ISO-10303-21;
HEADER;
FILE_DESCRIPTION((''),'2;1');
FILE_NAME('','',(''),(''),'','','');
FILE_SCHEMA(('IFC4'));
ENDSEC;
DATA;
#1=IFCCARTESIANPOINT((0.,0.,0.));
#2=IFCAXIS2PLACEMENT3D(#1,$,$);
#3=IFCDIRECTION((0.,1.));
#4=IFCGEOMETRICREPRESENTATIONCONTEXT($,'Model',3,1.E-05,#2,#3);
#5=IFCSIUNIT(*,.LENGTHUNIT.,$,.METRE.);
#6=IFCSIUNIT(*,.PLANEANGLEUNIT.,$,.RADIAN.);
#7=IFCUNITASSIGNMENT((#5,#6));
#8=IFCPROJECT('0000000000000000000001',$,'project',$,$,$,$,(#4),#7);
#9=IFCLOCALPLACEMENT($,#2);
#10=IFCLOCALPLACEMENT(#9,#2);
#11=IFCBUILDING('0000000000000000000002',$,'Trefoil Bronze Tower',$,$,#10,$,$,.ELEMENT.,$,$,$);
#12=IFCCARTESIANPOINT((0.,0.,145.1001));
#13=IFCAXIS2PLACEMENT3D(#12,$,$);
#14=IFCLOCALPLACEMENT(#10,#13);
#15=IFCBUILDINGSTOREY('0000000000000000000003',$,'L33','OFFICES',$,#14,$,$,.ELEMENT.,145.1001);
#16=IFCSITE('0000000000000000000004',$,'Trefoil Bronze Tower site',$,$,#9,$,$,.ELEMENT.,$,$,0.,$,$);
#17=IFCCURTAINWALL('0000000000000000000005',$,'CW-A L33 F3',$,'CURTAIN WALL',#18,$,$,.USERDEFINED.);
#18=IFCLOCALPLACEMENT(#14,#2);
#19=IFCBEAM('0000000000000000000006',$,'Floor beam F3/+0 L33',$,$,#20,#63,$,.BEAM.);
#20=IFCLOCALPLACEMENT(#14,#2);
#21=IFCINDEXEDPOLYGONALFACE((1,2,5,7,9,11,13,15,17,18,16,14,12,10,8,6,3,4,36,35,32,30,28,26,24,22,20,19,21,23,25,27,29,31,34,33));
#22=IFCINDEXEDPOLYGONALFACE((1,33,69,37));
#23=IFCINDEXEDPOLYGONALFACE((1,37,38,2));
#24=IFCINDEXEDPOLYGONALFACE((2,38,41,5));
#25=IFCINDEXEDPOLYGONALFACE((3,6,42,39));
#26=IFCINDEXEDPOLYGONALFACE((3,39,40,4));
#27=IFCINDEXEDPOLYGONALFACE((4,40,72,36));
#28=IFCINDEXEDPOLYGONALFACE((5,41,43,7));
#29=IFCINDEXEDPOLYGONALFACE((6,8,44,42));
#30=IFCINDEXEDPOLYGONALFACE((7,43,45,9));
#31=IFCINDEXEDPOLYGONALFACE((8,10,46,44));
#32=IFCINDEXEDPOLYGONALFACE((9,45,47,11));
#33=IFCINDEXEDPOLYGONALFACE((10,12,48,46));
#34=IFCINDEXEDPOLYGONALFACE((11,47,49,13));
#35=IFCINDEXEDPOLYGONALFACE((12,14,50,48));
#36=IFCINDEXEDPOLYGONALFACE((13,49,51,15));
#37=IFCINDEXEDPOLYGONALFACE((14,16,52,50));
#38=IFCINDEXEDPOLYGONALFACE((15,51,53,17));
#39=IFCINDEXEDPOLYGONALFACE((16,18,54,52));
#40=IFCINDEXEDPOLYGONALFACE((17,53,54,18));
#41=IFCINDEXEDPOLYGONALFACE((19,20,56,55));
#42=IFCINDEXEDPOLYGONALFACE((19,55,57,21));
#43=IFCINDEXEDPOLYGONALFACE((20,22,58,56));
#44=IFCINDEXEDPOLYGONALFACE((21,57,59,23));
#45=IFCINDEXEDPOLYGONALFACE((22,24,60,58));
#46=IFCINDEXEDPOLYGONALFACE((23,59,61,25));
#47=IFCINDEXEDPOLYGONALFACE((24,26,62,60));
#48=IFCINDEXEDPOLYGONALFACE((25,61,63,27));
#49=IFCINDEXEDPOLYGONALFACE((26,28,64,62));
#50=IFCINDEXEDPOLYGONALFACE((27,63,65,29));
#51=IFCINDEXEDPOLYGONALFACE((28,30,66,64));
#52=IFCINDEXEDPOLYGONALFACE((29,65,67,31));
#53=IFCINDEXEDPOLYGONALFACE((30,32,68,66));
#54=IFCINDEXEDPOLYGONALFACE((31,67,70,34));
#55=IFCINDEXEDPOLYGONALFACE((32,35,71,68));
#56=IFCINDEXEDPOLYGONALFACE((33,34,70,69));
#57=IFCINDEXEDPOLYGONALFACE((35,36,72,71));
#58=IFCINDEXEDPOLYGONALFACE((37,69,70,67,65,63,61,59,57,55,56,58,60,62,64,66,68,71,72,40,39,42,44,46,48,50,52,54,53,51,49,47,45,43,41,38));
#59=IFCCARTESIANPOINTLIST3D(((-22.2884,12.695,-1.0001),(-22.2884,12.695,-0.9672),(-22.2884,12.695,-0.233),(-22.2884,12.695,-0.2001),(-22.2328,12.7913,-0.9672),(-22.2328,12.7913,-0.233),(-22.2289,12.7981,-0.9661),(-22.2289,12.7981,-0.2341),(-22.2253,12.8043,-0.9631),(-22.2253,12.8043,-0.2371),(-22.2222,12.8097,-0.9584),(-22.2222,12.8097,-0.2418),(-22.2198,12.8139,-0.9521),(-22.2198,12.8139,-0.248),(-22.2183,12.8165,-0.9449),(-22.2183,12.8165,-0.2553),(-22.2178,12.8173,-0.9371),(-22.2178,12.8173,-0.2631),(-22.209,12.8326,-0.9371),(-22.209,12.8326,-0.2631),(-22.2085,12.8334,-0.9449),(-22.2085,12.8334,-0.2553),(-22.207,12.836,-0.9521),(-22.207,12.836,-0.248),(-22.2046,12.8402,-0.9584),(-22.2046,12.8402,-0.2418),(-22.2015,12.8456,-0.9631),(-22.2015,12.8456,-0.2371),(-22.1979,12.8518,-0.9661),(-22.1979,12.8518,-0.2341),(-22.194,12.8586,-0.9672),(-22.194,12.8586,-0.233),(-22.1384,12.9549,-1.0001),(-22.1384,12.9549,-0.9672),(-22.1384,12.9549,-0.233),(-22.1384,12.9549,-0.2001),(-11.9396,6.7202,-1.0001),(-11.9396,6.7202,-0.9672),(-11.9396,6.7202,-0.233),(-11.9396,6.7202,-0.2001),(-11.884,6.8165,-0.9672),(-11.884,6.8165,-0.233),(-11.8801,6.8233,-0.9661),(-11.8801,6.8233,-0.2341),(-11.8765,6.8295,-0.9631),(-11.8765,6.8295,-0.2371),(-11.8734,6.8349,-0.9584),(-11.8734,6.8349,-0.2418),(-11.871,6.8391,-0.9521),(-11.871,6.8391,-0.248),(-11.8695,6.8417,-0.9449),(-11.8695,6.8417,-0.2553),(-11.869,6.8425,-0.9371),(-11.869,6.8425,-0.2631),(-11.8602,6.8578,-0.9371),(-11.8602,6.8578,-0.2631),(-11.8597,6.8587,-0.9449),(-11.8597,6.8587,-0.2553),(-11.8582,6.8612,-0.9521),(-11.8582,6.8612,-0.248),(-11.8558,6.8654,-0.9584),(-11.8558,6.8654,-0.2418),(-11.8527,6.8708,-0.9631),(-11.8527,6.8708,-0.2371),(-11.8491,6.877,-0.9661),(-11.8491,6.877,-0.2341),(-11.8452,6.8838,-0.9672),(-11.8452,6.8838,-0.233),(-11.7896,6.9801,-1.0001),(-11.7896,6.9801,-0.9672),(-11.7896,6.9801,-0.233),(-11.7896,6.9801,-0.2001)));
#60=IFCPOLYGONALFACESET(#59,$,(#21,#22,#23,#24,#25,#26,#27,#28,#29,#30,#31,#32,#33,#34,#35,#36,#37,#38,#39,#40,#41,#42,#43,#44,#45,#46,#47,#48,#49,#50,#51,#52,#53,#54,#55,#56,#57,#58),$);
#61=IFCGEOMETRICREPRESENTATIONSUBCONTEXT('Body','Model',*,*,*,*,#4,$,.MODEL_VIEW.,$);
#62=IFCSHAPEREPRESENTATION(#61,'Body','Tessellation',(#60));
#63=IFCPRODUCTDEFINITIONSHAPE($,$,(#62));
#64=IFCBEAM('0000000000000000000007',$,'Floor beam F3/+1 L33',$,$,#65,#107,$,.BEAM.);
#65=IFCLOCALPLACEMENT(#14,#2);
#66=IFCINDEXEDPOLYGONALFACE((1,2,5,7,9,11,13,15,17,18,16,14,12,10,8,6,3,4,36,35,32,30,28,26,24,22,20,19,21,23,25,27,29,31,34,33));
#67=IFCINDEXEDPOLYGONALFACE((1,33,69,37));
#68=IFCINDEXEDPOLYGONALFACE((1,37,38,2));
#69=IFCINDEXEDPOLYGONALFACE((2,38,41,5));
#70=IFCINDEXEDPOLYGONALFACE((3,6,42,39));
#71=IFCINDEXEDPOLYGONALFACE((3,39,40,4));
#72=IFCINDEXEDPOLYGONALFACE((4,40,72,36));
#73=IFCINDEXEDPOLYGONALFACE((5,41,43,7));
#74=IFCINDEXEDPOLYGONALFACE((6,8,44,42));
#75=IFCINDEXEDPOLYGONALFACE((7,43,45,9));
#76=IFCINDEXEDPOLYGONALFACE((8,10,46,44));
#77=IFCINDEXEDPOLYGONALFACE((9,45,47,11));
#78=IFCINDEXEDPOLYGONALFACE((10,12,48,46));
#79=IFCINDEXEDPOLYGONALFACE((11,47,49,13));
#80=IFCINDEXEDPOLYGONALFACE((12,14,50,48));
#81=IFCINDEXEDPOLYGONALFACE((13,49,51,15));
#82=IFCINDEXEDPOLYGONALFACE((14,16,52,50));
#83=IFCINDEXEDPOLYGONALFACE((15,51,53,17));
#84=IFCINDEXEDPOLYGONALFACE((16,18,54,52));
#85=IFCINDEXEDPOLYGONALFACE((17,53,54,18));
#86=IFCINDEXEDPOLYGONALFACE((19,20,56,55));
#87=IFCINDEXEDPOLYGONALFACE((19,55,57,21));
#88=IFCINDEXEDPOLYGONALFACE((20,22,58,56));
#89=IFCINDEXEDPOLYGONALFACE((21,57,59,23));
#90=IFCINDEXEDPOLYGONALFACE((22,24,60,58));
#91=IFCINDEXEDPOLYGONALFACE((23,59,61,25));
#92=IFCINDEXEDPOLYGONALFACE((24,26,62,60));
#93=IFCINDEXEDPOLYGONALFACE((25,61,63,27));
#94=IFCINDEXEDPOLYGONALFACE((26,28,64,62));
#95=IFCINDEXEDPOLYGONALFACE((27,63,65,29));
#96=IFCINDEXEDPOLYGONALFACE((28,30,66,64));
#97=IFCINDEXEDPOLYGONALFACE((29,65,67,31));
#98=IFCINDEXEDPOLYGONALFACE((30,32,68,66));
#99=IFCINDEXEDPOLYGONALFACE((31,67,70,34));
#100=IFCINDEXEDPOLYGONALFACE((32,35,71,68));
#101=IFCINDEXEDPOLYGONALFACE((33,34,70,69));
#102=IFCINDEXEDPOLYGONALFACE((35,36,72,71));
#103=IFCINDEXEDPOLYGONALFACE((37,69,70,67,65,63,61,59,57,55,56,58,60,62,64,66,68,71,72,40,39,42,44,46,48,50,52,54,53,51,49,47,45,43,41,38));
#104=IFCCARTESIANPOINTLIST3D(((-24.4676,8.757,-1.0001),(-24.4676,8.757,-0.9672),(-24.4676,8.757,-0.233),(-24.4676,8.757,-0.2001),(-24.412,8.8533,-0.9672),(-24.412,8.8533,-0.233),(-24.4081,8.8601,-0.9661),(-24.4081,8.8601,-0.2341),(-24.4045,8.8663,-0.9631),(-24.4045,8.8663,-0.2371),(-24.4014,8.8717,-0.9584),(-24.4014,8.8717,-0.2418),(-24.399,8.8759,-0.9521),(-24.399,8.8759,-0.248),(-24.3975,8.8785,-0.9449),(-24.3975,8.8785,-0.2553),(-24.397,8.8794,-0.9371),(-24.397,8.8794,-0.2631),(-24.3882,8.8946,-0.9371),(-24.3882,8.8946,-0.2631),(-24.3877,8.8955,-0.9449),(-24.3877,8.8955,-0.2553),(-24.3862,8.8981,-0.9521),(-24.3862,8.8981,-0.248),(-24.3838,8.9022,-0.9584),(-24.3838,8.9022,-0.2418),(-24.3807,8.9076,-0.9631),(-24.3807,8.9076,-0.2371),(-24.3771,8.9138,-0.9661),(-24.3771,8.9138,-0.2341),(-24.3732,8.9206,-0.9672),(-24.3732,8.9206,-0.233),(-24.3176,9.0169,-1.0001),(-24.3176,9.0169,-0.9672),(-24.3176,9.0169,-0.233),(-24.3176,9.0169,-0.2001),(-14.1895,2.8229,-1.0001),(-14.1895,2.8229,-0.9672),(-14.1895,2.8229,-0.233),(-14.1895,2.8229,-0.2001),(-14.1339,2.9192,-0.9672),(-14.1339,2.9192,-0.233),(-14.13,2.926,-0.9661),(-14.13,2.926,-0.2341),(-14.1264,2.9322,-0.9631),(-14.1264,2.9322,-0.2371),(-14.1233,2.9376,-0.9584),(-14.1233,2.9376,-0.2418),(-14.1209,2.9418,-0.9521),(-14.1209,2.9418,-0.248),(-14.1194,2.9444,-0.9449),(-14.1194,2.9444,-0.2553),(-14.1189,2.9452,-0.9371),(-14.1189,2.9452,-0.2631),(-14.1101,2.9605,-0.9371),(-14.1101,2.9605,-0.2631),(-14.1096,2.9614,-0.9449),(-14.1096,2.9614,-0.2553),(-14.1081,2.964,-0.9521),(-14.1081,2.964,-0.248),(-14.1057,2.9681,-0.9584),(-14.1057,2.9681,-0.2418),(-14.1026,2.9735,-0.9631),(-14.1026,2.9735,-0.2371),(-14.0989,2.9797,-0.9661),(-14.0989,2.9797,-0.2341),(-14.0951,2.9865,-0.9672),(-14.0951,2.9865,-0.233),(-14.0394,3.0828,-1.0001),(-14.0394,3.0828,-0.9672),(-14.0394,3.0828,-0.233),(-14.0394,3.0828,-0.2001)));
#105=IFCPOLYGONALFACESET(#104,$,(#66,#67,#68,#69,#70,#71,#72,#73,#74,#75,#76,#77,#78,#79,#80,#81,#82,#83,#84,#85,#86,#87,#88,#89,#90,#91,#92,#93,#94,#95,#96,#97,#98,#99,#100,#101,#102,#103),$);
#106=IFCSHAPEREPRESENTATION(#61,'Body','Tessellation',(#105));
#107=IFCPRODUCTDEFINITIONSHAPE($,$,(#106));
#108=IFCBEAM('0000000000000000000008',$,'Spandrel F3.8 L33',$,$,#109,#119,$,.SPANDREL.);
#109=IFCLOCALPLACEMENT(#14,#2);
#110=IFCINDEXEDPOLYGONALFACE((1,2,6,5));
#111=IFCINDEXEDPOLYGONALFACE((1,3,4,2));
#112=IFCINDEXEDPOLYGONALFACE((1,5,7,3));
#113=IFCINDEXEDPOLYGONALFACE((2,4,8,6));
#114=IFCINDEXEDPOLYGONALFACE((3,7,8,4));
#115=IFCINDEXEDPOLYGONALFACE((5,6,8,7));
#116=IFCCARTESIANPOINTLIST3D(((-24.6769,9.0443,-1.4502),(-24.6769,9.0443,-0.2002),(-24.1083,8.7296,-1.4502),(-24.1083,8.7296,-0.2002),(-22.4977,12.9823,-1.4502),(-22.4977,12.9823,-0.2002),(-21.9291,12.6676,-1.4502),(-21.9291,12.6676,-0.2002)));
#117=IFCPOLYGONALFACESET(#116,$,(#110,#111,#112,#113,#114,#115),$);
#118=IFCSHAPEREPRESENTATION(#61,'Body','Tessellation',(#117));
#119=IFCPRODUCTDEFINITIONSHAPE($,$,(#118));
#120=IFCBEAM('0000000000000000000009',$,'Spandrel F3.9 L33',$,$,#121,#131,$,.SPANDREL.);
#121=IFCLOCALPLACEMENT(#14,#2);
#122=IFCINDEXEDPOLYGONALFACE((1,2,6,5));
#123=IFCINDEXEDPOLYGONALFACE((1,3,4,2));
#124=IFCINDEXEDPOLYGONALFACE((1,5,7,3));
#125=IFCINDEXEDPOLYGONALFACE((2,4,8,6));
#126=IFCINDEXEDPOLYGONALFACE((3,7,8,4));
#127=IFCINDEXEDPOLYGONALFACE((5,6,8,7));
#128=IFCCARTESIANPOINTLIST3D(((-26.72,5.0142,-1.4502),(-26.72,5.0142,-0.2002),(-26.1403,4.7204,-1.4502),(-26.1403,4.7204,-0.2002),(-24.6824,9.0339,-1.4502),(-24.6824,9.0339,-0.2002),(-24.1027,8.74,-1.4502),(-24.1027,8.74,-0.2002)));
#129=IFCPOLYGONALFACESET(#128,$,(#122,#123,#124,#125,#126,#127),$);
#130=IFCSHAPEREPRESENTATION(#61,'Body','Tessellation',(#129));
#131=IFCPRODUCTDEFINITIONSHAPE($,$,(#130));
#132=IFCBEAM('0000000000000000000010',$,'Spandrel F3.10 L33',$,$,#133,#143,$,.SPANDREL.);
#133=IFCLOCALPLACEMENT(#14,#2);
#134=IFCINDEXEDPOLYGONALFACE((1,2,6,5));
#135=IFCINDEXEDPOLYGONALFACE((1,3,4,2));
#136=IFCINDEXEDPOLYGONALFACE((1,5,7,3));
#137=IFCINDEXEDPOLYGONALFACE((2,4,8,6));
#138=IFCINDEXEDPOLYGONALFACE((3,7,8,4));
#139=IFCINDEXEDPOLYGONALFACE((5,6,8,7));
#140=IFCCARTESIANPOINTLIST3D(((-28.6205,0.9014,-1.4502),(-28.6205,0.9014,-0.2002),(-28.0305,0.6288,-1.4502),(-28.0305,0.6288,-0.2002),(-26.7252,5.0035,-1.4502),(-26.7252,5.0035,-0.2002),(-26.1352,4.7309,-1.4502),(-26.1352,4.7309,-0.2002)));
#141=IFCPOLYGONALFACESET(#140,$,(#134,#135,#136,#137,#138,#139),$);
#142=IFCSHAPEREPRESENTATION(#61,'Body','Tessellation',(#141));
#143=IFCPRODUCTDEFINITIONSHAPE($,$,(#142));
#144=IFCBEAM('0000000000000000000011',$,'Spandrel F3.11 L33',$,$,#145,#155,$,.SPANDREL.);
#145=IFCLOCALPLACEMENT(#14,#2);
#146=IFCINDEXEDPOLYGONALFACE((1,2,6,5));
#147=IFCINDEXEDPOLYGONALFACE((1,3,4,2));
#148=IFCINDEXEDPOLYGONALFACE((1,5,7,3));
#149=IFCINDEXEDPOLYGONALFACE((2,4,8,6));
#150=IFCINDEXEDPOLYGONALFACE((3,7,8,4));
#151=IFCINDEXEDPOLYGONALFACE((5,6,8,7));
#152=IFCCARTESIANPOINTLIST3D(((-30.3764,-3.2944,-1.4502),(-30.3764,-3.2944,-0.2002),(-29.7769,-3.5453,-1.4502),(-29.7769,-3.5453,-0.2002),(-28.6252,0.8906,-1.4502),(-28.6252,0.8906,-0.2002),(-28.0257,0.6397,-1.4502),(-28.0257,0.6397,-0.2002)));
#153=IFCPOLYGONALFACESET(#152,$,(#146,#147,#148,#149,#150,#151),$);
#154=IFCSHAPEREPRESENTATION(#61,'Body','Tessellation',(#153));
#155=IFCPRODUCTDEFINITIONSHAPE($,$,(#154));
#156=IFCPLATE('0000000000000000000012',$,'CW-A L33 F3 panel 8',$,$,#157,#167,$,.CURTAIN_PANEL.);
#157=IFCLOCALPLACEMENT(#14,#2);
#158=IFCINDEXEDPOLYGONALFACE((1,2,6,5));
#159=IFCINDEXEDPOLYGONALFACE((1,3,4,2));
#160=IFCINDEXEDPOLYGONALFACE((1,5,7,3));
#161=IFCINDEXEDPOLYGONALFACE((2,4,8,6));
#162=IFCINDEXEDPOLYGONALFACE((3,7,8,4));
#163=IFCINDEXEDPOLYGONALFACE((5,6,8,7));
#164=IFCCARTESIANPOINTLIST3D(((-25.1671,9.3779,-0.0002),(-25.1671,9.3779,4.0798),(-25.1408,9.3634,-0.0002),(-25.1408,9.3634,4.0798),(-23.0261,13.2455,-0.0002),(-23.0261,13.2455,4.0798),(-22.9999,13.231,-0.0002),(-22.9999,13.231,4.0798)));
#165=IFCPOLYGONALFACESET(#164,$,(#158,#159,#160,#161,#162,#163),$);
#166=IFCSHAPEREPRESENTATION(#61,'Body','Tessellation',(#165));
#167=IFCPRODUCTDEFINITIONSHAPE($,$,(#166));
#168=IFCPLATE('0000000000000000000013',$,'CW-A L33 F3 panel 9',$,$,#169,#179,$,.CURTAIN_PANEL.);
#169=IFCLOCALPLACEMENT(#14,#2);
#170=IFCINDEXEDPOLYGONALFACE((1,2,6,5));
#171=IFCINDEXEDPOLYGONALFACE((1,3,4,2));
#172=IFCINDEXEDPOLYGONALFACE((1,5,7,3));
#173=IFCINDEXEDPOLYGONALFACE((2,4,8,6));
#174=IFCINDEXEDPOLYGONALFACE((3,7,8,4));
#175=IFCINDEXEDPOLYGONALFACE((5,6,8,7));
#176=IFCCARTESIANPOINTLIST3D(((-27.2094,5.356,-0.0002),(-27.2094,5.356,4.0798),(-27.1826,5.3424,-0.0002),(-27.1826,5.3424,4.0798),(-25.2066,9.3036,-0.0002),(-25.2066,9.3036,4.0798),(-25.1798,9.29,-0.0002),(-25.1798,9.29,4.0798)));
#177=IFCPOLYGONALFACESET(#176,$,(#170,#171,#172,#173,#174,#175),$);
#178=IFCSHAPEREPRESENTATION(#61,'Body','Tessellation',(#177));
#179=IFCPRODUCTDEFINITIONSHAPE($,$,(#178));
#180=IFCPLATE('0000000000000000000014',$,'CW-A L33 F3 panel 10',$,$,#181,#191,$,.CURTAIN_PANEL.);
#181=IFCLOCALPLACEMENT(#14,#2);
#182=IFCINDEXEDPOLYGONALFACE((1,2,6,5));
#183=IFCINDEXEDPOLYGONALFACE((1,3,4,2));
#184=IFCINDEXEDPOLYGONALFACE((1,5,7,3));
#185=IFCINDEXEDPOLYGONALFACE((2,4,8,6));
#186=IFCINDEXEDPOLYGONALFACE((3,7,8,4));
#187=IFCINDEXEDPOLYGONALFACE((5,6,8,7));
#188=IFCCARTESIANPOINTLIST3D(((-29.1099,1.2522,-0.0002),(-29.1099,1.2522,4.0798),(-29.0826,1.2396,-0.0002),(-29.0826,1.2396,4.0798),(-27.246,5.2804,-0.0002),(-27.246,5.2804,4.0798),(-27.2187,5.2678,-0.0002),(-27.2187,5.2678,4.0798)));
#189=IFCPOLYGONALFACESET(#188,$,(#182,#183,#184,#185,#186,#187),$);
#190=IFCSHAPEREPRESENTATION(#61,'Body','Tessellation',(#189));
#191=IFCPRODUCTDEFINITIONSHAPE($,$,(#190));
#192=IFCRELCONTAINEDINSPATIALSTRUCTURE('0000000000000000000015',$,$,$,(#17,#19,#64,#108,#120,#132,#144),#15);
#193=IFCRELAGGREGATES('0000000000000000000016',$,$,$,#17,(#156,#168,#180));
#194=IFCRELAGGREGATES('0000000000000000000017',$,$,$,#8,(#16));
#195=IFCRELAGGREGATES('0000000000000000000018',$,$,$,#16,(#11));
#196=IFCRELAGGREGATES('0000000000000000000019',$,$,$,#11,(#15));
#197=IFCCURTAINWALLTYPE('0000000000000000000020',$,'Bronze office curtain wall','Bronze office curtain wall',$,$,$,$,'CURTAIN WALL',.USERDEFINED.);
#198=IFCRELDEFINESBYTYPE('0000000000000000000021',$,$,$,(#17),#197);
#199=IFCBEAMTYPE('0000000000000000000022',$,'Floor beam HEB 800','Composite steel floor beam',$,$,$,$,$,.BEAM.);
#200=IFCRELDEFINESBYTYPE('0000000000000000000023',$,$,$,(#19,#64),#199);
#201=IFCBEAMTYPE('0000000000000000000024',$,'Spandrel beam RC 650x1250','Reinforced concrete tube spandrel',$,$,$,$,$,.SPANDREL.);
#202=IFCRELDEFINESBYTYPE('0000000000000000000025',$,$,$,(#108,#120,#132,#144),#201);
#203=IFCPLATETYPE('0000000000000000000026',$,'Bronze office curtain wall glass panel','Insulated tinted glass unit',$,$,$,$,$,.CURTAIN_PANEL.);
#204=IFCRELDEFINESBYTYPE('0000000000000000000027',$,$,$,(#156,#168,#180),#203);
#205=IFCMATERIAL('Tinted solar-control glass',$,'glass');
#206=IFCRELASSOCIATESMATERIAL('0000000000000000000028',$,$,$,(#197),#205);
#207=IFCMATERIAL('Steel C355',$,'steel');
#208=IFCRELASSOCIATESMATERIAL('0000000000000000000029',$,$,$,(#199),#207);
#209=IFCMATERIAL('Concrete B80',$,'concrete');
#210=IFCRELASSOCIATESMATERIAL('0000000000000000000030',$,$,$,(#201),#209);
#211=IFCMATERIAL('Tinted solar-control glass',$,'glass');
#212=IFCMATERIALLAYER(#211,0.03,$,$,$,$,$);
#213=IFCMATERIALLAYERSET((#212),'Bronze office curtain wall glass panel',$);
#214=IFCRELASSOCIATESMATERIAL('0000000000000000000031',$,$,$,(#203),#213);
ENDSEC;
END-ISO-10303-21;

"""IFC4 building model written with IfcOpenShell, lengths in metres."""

from ifc_helpers import new_model, si_unit, direction, frame, origin, origin_2d, place, context, subcontext, project, spatial, rectangle, i_section, extrude, material, layer, layer_set, material_profile, profile_set, type_object, element, aggregate, save


model = new_model("IFC4")

# Units and contexts
model_context = context("Model", 3, precision=1e-05, world=origin(), true_north=direction((0.0, 1.0)))
body_context = subcontext(model_context, "Body", "Model", "MODEL_VIEW")
ifc_project = project(units=[si_unit("LENGTHUNIT", "METRE"), si_unit("PLANEANGLEUNIT", "RADIAN")], contexts=[model_context])

# Site, building, storey
site_placement = place(None, origin())
site = spatial("IfcSite", under=ifc_project, at=site_placement, Name="Trefoil Bronze Tower site", CompositionType="ELEMENT", RefElevation=0.0)
building_placement = place(site_placement, origin())
building = spatial("IfcBuilding", under=site, at=building_placement, Name="Trefoil Bronze Tower", CompositionType="ELEMENT")
storey_placement = place(building_placement, frame((0.0, 0.0, 145.1001)))
storey = spatial("IfcBuildingStorey", under=building, at=storey_placement, Name="L33", Description="OFFICES", CompositionType="ELEMENT", Elevation=145.1001)

# Curtain wall
ifc_material_1 = material(Name="Tinted solar-control glass", Category="glass")
curtain_wall_type = type_object("IfcCurtainWallType", Name="Bronze office curtain wall", Description="Bronze office curtain wall", ElementType="CURTAIN WALL", PredefinedType="USERDEFINED", material=ifc_material_1)
curtain_wall_placement = place(storey_placement, origin())
curtain_wall = element("IfcCurtainWall", 1, at=curtain_wall_placement, inside=storey, type_object=curtain_wall_type, Name="CW-A L33 F3", ObjectType="CURTAIN WALL", PredefinedType="USERDEFINED")

# Beams
ifc_material_2 = material(Name="Steel C355", Category="steel")
ifc_material_profile_1 = material_profile(ifc_material_2, i_section(OverallWidth=0.3, OverallDepth=0.8, WebThickness=0.0176, FlangeThickness=0.033, FilletRadius=0.03, at=origin_2d()), Name="HEB 800")
ifc_profile_set_1 = profile_set([ifc_material_profile_1], Name="Steel C355")
beam_type_1 = type_object("IfcBeamType", Name="Floor beam HEB 800", Description="Composite steel floor beam", PredefinedType="BEAM", material=ifc_profile_set_1)
beam_1_placement = place(storey_placement, frame((-22.2134, 12.825, -0.6001), z_axis=(0.866028, -0.499995, 0.0), x_axis=(0.499995, 0.866028, 0.0)))
element("IfcBeam", 2, at=beam_1_placement, inside=storey, type_object=beam_type_1, Name="Floor beam F3/+0 L33", PredefinedType="BEAM", context=body_context, shape_type="SweptSolid", body=[
    extrude(i_section(OverallWidth=0.3, OverallDepth=0.8, WebThickness=0.0176, FlangeThickness=0.033, FilletRadius=0.03, at=origin_2d()), origin(), (0.0, 0.0, 1.0), 11.9497),
])
beam_2_placement = place(storey_placement, frame((-24.3926, 8.887, -0.6001), z_axis=(0.866024, -0.500002, 0.0), x_axis=(0.500002, 0.866024, 0.0)))
element("IfcBeam", 3, at=beam_2_placement, inside=storey, type_object=beam_type_1, Name="Floor beam F3/+1 L33", PredefinedType="BEAM", context=body_context, shape_type="SweptSolid", body=[
    extrude(i_section(OverallWidth=0.3, OverallDepth=0.8, WebThickness=0.0176, FlangeThickness=0.033, FilletRadius=0.03, at=origin_2d()), origin(), (0.0, 0.0, 1.0), 11.8682),
])
ifc_material_3 = material(Name="Concrete B80", Category="concrete")
ifc_material_profile_2 = material_profile(ifc_material_3, rectangle(XDim=0.6499, YDim=1.25, at=origin_2d()), Name="RC 650x1250")
ifc_profile_set_2 = profile_set([ifc_material_profile_2], Name="Concrete B80")
beam_type_2 = type_object("IfcBeamType", Name="Spandrel beam RC 650x1250", Description="Reinforced concrete tube spandrel", PredefinedType="SPANDREL", material=ifc_profile_set_2)
beam_3_placement = place(storey_placement, frame((-22.2134, 12.825, -0.8252), z_axis=(-0.484187, -0.874965, 0.0), x_axis=(0.874965, -0.484187, 0.0)))
element("IfcBeam", 4, at=beam_3_placement, inside=storey, type_object=beam_type_2, Name="Spandrel F3.8 L33", PredefinedType="SPANDREL", context=body_context, shape_type="SweptSolid", body=[
    extrude(rectangle(XDim=0.6499, YDim=1.25, at=origin_2d()), origin(), (0.0, 0.0, 1.0), 4.5007),
])
beam_4_placement = place(storey_placement, frame((-24.3926, 8.887, -0.8252), z_axis=(-0.452126, -0.891954, 0.0), x_axis=(0.891954, -0.452126, 0.0)))
element("IfcBeam", 5, at=beam_4_placement, inside=storey, type_object=beam_type_2, Name="Spandrel F3.9 L33", PredefinedType="SPANDREL", context=body_context, shape_type="SweptSolid", body=[
    extrude(rectangle(XDim=0.6499, YDim=1.25, at=origin_2d()), origin(), (0.0, 0.0, 1.0), 4.5066),
])
beam_5_placement = place(storey_placement, frame((-26.4302, 4.8672, -0.8252), z_axis=(-0.419425, -0.90779, 0.0), x_axis=(0.90779, -0.419425, 0.0)))
element("IfcBeam", 6, at=beam_5_placement, inside=storey, type_object=beam_type_2, Name="Spandrel F3.10 L33", PredefinedType="SPANDREL", context=body_context, shape_type="SweptSolid", body=[
    extrude(rectangle(XDim=0.6499, YDim=1.25, at=origin_2d()), origin(), (0.0, 0.0, 1.0), 4.5188),
])
beam_6_placement = place(storey_placement, frame((-28.3254, 0.7651, -0.8252), z_axis=(-0.386013, -0.922493, 0.0), x_axis=(0.922493, -0.386013, 0.0)))
element("IfcBeam", 7, at=beam_6_placement, inside=storey, type_object=beam_type_2, Name="Spandrel F3.11 L33", PredefinedType="SPANDREL", context=body_context, shape_type="SweptSolid", body=[
    extrude(rectangle(XDim=0.6499, YDim=1.25, at=origin_2d()), origin(), (0.0, 0.0, 1.0), 4.5366),
])

# Plates
ifc_material_4 = material(Name="Tinted solar-control glass", Category="glass")
ifc_layer_1 = layer(ifc_material_4, 0.03)
ifc_layer_set_1 = layer_set([ifc_layer_1], Name="Bronze office curtain wall glass panel")
plate_type = type_object("IfcPlateType", Name="Bronze office curtain wall glass panel", Description="Insulated tinted glass unit", PredefinedType="CURTAIN_PANEL", material=ifc_layer_set_1)
plate_1_placement = place(storey_placement, frame((-24.0835, 11.3044, -0.0002), z_axis=(0.0, 0.0, 1.0), x_axis=(-0.484312, -0.874895, 0.0)))
plate_1 = element("IfcPlate", 8, at=plate_1_placement, type_object=plate_type, Name="CW-A L33 F3 panel 8", PredefinedType="CURTAIN_PANEL", context=body_context, shape_type="SweptSolid", body=[
    extrude(rectangle(XDim=4.4207, YDim=0.03, at=origin_2d()), origin(), (0.0, 0.0, 1.0), 4.0801),
])
plate_2_placement = place(storey_placement, frame((-26.1946, 7.323, -0.0002), z_axis=(0.0, 0.0, 1.0), x_axis=(-0.452449, -0.89179, 0.0)))
plate_2 = element("IfcPlate", 9, at=plate_2_placement, type_object=plate_type, Name="CW-A L33 F3 panel 9", PredefinedType="CURTAIN_PANEL", context=body_context, shape_type="SweptSolid", body=[
    extrude(rectangle(XDim=4.4265, YDim=0.03, at=origin_2d()), origin(), (0.0, 0.0, 1.0), 4.0801),
])
plate_3_placement = place(storey_placement, frame((-28.1643, 3.26, -0.0002), z_axis=(0.0, 0.0, 1.0), x_axis=(-0.419933, -0.907555, 0.0)))
plate_3 = element("IfcPlate", 10, at=plate_3_placement, type_object=plate_type, Name="CW-A L33 F3 panel 10", PredefinedType="CURTAIN_PANEL", context=body_context, shape_type="SweptSolid", body=[
    extrude(rectangle(XDim=4.4385, YDim=0.03, at=origin_2d()), origin(), (0.0, 0.0, 1.0), 4.0801),
])
aggregate(curtain_wall, [plate_1, plate_2, plate_3])

save(model, "model.ifc")
